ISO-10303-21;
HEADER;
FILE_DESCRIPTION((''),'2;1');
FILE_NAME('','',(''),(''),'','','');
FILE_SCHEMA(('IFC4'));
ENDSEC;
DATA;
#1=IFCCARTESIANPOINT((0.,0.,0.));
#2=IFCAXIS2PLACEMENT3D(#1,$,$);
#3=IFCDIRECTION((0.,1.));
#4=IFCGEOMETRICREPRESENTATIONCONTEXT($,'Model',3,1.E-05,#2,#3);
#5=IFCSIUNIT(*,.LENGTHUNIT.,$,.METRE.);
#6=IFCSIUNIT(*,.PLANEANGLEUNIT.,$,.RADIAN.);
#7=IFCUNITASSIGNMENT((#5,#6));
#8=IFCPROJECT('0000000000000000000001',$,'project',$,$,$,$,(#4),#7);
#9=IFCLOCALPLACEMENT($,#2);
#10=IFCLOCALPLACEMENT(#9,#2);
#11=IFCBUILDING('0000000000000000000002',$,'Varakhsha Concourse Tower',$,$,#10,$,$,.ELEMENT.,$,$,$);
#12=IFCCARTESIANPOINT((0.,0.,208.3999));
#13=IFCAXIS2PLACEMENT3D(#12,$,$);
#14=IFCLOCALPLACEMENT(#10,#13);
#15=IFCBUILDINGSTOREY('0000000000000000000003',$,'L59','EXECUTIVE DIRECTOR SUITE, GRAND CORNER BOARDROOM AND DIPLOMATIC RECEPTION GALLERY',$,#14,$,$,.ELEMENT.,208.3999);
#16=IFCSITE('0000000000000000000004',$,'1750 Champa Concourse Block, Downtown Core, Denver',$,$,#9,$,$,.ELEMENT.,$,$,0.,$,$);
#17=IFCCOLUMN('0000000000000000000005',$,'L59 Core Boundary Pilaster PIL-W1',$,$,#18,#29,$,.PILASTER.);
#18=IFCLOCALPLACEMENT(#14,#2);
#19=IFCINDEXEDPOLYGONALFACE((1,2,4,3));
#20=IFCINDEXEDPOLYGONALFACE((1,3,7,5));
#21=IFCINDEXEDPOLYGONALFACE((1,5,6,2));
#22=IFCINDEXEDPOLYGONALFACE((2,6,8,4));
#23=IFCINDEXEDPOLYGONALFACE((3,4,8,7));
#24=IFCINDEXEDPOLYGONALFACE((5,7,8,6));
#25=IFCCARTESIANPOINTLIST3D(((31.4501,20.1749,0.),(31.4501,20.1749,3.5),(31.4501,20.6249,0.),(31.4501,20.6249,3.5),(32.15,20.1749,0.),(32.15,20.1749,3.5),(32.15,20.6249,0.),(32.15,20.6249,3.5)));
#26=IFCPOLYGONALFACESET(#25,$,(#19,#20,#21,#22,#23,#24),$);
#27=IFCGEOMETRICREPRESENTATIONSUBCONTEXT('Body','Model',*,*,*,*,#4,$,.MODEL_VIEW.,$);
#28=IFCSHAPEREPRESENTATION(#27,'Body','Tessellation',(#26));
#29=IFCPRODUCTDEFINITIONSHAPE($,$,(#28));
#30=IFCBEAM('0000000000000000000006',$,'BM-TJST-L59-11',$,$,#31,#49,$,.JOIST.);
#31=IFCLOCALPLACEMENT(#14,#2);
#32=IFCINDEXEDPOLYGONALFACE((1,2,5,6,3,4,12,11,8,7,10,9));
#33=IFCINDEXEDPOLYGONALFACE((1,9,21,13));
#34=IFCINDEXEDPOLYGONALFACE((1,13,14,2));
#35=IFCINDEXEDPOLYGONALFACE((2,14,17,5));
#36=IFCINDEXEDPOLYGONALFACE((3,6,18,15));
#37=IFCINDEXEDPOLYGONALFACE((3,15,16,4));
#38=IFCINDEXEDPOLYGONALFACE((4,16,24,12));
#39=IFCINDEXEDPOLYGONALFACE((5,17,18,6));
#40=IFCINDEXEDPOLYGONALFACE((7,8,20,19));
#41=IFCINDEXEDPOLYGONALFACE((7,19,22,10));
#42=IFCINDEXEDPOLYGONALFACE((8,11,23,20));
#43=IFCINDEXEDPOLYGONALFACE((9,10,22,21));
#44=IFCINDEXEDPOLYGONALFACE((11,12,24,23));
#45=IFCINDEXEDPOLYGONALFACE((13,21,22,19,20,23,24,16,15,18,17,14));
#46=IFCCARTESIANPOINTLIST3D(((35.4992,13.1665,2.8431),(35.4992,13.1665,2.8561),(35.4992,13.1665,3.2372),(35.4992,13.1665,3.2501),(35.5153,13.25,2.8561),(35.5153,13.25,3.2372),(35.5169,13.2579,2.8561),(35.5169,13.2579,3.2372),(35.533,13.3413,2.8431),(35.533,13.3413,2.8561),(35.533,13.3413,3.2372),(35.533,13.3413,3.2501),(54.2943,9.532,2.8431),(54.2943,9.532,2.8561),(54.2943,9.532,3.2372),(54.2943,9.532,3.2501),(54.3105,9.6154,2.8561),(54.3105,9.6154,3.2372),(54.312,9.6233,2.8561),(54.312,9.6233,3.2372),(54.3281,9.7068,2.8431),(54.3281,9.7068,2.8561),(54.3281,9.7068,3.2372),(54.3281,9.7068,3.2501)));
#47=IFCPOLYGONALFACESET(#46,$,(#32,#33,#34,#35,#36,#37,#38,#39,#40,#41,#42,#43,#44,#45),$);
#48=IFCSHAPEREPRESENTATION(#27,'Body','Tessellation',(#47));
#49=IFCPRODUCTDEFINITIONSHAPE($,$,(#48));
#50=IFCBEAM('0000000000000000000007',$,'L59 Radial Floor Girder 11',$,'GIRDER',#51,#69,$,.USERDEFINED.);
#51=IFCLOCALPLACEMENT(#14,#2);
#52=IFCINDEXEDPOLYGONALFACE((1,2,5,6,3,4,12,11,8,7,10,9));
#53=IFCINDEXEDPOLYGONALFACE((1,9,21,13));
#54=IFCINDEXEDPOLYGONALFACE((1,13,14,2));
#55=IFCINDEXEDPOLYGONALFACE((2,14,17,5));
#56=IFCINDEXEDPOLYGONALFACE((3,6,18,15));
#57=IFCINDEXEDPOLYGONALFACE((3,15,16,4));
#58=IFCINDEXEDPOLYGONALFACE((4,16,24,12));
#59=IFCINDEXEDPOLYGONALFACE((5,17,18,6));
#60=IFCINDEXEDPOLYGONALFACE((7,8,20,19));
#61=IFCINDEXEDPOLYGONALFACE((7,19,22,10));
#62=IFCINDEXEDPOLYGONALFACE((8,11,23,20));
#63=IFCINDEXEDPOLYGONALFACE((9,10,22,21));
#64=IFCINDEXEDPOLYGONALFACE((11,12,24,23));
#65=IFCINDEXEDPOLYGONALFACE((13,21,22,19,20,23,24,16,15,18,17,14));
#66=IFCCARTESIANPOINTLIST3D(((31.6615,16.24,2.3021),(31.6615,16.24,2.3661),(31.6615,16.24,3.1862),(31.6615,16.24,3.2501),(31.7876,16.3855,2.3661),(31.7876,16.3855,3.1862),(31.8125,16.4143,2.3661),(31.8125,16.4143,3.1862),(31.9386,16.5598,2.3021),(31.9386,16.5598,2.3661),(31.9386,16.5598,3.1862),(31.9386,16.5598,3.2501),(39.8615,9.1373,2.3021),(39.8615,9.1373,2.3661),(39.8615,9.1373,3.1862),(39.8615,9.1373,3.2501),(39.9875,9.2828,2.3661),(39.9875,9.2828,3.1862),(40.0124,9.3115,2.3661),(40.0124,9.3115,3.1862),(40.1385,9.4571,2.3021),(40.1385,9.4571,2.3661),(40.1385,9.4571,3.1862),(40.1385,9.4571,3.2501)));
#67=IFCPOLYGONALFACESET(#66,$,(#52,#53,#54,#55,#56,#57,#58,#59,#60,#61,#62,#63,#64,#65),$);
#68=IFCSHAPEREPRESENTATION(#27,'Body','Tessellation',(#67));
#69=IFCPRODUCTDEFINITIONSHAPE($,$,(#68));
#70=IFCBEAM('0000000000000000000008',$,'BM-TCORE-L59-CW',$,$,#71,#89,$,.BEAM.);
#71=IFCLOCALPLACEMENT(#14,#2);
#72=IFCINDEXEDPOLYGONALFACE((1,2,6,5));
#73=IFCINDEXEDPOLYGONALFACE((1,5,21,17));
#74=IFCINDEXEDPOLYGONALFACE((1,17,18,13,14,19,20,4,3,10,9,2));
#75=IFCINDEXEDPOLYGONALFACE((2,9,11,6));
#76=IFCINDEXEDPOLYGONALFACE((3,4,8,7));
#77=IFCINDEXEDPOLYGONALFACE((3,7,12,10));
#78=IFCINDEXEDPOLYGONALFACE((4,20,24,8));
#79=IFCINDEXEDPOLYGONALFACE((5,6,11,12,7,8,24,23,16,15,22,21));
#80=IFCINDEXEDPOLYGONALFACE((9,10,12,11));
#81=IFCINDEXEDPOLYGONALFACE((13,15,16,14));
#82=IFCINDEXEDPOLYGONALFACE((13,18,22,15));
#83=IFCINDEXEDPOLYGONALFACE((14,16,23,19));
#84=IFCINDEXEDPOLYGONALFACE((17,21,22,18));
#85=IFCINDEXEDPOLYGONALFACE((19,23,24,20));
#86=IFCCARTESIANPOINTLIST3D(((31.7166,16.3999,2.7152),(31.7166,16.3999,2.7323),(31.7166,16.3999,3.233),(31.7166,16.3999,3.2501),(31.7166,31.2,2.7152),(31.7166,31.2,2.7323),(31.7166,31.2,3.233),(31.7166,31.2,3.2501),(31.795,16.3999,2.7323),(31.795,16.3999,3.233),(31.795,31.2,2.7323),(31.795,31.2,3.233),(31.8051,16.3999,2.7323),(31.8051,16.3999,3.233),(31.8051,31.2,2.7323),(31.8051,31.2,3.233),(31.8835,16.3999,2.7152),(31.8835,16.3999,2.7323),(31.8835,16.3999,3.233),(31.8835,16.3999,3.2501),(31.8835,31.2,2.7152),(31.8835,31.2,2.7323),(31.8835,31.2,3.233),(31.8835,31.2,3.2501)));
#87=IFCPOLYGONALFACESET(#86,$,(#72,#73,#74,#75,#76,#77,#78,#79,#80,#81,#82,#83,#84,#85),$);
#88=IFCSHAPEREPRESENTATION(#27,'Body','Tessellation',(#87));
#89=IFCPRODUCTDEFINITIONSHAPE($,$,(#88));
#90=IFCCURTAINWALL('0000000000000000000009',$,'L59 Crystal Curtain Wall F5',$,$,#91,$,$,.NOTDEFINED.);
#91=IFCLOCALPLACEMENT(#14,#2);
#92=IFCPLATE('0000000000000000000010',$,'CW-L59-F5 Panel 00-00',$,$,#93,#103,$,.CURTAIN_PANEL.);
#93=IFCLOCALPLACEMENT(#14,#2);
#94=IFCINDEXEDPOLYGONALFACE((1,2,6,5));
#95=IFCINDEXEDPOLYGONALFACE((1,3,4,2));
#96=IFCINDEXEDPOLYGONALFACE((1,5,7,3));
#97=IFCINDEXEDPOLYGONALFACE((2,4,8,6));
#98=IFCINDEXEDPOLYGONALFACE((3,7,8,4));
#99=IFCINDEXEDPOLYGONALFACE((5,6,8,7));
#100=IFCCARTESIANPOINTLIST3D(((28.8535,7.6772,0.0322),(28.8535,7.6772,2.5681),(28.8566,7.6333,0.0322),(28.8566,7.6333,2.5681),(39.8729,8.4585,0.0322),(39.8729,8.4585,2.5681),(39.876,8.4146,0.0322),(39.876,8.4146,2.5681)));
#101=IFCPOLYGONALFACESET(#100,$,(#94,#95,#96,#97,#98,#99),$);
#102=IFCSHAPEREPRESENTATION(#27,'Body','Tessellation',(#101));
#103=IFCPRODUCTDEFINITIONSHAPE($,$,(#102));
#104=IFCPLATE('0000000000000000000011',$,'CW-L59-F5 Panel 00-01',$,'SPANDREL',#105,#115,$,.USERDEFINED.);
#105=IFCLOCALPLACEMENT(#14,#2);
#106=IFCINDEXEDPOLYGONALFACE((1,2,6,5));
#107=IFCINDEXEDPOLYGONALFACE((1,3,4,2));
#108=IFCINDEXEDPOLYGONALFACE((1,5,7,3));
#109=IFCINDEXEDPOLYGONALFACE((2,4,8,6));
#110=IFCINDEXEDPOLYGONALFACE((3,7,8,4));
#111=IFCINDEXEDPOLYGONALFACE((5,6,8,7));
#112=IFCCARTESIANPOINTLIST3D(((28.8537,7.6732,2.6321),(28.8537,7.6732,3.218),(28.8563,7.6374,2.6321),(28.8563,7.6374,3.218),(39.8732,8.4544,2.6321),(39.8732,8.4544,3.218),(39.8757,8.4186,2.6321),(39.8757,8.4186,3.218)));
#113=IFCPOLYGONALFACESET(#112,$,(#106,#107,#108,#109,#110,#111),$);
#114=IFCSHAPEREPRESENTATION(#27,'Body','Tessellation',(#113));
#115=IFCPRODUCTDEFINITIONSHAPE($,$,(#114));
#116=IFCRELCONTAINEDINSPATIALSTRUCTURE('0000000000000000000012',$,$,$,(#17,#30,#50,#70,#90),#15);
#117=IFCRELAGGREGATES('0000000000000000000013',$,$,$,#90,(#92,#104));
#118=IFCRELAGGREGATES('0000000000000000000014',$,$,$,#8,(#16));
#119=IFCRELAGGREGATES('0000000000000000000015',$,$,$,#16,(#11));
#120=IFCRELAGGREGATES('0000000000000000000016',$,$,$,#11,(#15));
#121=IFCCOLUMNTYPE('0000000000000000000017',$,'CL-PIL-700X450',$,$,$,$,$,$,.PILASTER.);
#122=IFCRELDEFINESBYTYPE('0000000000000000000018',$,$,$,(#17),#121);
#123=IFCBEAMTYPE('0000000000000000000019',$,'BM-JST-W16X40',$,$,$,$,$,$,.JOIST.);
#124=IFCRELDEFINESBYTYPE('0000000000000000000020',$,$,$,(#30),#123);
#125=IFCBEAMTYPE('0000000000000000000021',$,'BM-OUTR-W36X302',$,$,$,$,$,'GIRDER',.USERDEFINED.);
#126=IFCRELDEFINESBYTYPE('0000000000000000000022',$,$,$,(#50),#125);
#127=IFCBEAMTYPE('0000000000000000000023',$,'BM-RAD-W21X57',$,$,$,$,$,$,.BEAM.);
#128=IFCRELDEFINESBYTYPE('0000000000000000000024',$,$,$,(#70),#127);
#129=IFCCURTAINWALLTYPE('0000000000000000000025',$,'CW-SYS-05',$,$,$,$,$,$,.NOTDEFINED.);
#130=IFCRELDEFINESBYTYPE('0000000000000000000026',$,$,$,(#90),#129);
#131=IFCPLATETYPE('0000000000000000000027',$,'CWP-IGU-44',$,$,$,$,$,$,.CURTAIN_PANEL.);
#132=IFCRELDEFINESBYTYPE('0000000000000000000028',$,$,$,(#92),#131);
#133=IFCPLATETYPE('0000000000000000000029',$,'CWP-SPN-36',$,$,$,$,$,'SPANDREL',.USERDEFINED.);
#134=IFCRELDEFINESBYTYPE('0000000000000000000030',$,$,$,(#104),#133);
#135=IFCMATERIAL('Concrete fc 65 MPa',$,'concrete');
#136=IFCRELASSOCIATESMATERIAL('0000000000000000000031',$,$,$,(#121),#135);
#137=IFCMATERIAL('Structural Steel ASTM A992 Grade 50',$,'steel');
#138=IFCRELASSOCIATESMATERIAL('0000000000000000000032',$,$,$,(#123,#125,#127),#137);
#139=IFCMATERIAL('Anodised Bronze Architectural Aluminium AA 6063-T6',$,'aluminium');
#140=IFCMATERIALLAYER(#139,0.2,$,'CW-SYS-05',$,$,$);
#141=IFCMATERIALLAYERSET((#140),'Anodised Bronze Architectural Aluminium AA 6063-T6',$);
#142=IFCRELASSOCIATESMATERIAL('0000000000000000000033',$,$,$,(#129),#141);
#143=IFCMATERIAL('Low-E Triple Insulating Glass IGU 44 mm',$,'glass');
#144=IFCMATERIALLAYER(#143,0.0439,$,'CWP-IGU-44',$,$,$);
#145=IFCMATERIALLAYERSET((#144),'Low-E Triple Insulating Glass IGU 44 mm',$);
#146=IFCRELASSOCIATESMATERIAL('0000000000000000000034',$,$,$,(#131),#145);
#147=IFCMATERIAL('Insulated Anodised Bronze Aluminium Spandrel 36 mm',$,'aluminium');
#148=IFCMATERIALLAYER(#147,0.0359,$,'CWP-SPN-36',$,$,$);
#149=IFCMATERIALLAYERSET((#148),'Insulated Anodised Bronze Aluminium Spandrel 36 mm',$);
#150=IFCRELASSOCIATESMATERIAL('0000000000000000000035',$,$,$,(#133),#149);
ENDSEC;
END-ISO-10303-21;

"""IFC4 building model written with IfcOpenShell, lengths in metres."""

from ifc_helpers import new_model, si_unit, direction, frame, origin, origin_2d, place, context, subcontext, project, spatial, rectangle, i_section, extrude, source, transform, mapped, material, layer, layer_set, material_profile, profile_set, type_object, type_shapes, element, aggregate, save


model = new_model("IFC4")

# Units and contexts
model_context = context("Model", 3, precision=1e-05, world=origin(), true_north=direction((0.0, 1.0)))
body_context = subcontext(model_context, "Body", "Model", "MODEL_VIEW")
ifc_project = project(units=[si_unit("LENGTHUNIT", "METRE"), si_unit("PLANEANGLEUNIT", "RADIAN")], contexts=[model_context])

# Site, building, storey
site_placement = place(None, origin())
site = spatial("IfcSite", under=ifc_project, at=site_placement, Name="1750 Champa Concourse Block, Downtown Core, Denver", CompositionType="ELEMENT", RefElevation=0.0)
building_placement = place(site_placement, origin())
building = spatial("IfcBuilding", under=site, at=building_placement, Name="Varakhsha Concourse Tower", CompositionType="ELEMENT")
storey_placement = place(building_placement, frame((0.0, 0.0, 208.3999)))
storey = spatial("IfcBuildingStorey", under=building, at=storey_placement, Name="L59", Description="EXECUTIVE DIRECTOR SUITE, GRAND CORNER BOARDROOM AND DIPLOMATIC RECEPTION GALLERY", CompositionType="ELEMENT", Elevation=208.3999)

# Column
ifc_material_1 = material(Name="Concrete fc 65 MPa", Category="concrete")
ifc_material_profile_1 = material_profile(ifc_material_1, rectangle(XDim=0.7, YDim=0.45, at=origin_2d()), Name="RC 700x450")
ifc_profile_set_1 = profile_set([ifc_material_profile_1], Name="Concrete fc 65 MPa")
column_type = type_object("IfcColumnType", Name="CL-PIL-700X450", PredefinedType="PILASTER", material=ifc_profile_set_1)
column_placement = place(storey_placement, frame((31.8, 20.3999, 0.0), z_axis=(0.0, 0.0, 1.0), x_axis=(1.0, 0.0, 0.0)))
element("IfcColumn", 1, at=column_placement, inside=storey, type_object=column_type, Name="L59 Core Boundary Pilaster PIL-W1", PredefinedType="PILASTER", context=body_context, shape_type="SweptSolid", body=[
    extrude(rectangle(XDim=0.7, YDim=0.45, at=origin_2d()), origin(), (0.0, 0.0, 1.0), 3.5),
])

# Beams
ifc_material_2 = material(Name="Structural Steel ASTM A992 Grade 50", Category="steel")
ifc_material_profile_2 = material_profile(ifc_material_2, i_section(OverallWidth=0.178, OverallDepth=0.407, WebThickness=0.0081, FlangeThickness=0.0129, at=origin_2d()), Name="W16X40")
ifc_profile_set_2 = profile_set([ifc_material_profile_2], Name="Structural Steel ASTM A992 Grade 50")
beam_type_1 = type_object("IfcBeamType", Name="BM-JST-W16X40", PredefinedType="JOIST", material=ifc_profile_set_2)
beam_1_placement = place(storey_placement, frame((35.5161, 13.2539, 3.0466), z_axis=(0.981812, -0.189858, 0.0), x_axis=(0.189858, 0.981812, 0.0)))
element("IfcBeam", 2, at=beam_1_placement, inside=storey, type_object=beam_type_1, Name="BM-TJST-L59-11", PredefinedType="JOIST", context=body_context, shape_type="SweptSolid", body=[
    extrude(i_section(OverallWidth=0.178, OverallDepth=0.407, WebThickness=0.0081, FlangeThickness=0.0129, at=origin_2d()), origin(), (0.0, 0.0, 1.0), 19.1433),
])
ifc_material_profile_3 = material_profile(ifc_material_2, i_section(OverallWidth=0.4231, OverallDepth=0.948, WebThickness=0.0381, FlangeThickness=0.064, at=origin_2d()), Name="W36X302")
ifc_profile_set_3 = profile_set([ifc_material_profile_3], Name="Structural Steel ASTM A992 Grade 50")
beam_type_2 = type_object("IfcBeamType", Name="BM-OUTR-W36X302", ElementType="GIRDER", PredefinedType="USERDEFINED", material=ifc_profile_set_3)
beam_2_placement = place(storey_placement, frame((31.8, 16.3999, 2.7761), z_axis=(0.755864, -0.654728, 0.0), x_axis=(0.654728, 0.755864, 0.0)))
element("IfcBeam", 3, at=beam_2_placement, inside=storey, type_object=beam_type_2, Name="L59 Radial Floor Girder 11", ObjectType="GIRDER", PredefinedType="USERDEFINED", context=body_context, shape_type="SweptSolid", body=[
    extrude(i_section(OverallWidth=0.4231, OverallDepth=0.948, WebThickness=0.0381, FlangeThickness=0.064, at=origin_2d()), origin(), (0.0, 0.0, 1.0), 10.8484),
])
ifc_material_profile_4 = material_profile(ifc_material_2, i_section(OverallWidth=0.167, OverallDepth=0.5349, WebThickness=0.01, FlangeThickness=0.0171, at=origin_2d()), Name="W21X57")
ifc_profile_set_4 = profile_set([ifc_material_profile_4], Name="Structural Steel ASTM A992 Grade 50")
beam_type_3 = type_object("IfcBeamType", Name="BM-RAD-W21X57", PredefinedType="BEAM", material=ifc_profile_set_4)
beam_3_placement = place(storey_placement, frame((31.8, 16.3999, 2.9827), z_axis=(0.0, 1.0, 0.0), x_axis=(-1.0, 0.0, 0.0)))
element("IfcBeam", 4, at=beam_3_placement, inside=storey, type_object=beam_type_3, Name="BM-TCORE-L59-CW", PredefinedType="BEAM", context=body_context, shape_type="SweptSolid", body=[
    extrude(i_section(OverallWidth=0.167, OverallDepth=0.5349, WebThickness=0.01, FlangeThickness=0.0171, at=origin_2d()), origin(), (0.0, 0.0, 1.0), 14.8),
])

# Curtain wall, plates
ifc_material_3 = material(Name="Anodised Bronze Architectural Aluminium AA 6063-T6", Category="aluminium")
ifc_layer_1 = layer(ifc_material_3, 0.2, Name="CW-SYS-05")
ifc_layer_set_1 = layer_set([ifc_layer_1], Name="Anodised Bronze Architectural Aluminium AA 6063-T6")
curtain_wall_type = type_object("IfcCurtainWallType", Name="CW-SYS-05", PredefinedType="NOTDEFINED", material=ifc_layer_set_1)
curtain_wall_placement = place(storey_placement, origin())
curtain_wall = element("IfcCurtainWall", 5, at=curtain_wall_placement, inside=storey, type_object=curtain_wall_type, Name="L59 Crystal Curtain Wall F5", PredefinedType="NOTDEFINED")
ifc_material_4 = material(Name="Low-E Triple Insulating Glass IGU 44 mm", Category="glass")
ifc_layer_2 = layer(ifc_material_4, 0.0439, Name="CWP-IGU-44")
ifc_layer_set_2 = layer_set([ifc_layer_2], Name="Low-E Triple Insulating Glass IGU 44 mm")
plate_type_1 = type_object("IfcPlateType", Name="CWP-IGU-44", PredefinedType="CURTAIN_PANEL", material=ifc_layer_set_2)
shared_shape_1 = source(origin(), body_context, "Body", "SweptSolid", [
    extrude(rectangle(XDim=11.0471, YDim=0.0439, at=origin_2d()), origin(), (0.0, 0.0, 1.0), 2.5359),
])
type_shapes(plate_type_1, [shared_shape_1])
plate_1_placement = place(storey_placement, frame((34.3647, 8.0459, 0.0322), z_axis=(0.0, 0.0, 1.0), x_axis=(-0.997496, -0.070723, 0.0)))
plate_1 = element("IfcPlate", 6, at=plate_1_placement, type_object=plate_type_1, Name="CW-L59-F5 Panel 00-00", PredefinedType="CURTAIN_PANEL", context=body_context, shape_type="MappedRepresentation", body=[
    mapped(shared_shape_1, transform((0.0, 0.0, 0.0), scale=1.0)),
])
ifc_material_5 = material(Name="Insulated Anodised Bronze Aluminium Spandrel 36 mm", Category="aluminium")
ifc_layer_3 = layer(ifc_material_5, 0.0359, Name="CWP-SPN-36")
ifc_layer_set_3 = layer_set([ifc_layer_3], Name="Insulated Anodised Bronze Aluminium Spandrel 36 mm")
plate_type_2 = type_object("IfcPlateType", Name="CWP-SPN-36", ElementType="SPANDREL", PredefinedType="USERDEFINED", material=ifc_layer_set_3)
shared_shape_2 = source(origin(), body_context, "Body", "SweptSolid", [
    extrude(rectangle(XDim=11.0471, YDim=0.0359, at=origin_2d()), origin(), (0.0, 0.0, 1.0), 0.5859),
])
type_shapes(plate_type_2, [shared_shape_2])
plate_2_placement = place(storey_placement, frame((34.3647, 8.0459, 2.6321), z_axis=(0.0, 0.0, 1.0), x_axis=(-0.997496, -0.070723, 0.0)))
plate_2 = element("IfcPlate", 7, at=plate_2_placement, type_object=plate_type_2, Name="CW-L59-F5 Panel 00-01", ObjectType="SPANDREL", PredefinedType="USERDEFINED", context=body_context, shape_type="MappedRepresentation", body=[
    mapped(shared_shape_2, transform((0.0, 0.0, 0.0), scale=1.0)),
])
aggregate(curtain_wall, [plate_1, plate_2])

save(model, "model.ifc")
